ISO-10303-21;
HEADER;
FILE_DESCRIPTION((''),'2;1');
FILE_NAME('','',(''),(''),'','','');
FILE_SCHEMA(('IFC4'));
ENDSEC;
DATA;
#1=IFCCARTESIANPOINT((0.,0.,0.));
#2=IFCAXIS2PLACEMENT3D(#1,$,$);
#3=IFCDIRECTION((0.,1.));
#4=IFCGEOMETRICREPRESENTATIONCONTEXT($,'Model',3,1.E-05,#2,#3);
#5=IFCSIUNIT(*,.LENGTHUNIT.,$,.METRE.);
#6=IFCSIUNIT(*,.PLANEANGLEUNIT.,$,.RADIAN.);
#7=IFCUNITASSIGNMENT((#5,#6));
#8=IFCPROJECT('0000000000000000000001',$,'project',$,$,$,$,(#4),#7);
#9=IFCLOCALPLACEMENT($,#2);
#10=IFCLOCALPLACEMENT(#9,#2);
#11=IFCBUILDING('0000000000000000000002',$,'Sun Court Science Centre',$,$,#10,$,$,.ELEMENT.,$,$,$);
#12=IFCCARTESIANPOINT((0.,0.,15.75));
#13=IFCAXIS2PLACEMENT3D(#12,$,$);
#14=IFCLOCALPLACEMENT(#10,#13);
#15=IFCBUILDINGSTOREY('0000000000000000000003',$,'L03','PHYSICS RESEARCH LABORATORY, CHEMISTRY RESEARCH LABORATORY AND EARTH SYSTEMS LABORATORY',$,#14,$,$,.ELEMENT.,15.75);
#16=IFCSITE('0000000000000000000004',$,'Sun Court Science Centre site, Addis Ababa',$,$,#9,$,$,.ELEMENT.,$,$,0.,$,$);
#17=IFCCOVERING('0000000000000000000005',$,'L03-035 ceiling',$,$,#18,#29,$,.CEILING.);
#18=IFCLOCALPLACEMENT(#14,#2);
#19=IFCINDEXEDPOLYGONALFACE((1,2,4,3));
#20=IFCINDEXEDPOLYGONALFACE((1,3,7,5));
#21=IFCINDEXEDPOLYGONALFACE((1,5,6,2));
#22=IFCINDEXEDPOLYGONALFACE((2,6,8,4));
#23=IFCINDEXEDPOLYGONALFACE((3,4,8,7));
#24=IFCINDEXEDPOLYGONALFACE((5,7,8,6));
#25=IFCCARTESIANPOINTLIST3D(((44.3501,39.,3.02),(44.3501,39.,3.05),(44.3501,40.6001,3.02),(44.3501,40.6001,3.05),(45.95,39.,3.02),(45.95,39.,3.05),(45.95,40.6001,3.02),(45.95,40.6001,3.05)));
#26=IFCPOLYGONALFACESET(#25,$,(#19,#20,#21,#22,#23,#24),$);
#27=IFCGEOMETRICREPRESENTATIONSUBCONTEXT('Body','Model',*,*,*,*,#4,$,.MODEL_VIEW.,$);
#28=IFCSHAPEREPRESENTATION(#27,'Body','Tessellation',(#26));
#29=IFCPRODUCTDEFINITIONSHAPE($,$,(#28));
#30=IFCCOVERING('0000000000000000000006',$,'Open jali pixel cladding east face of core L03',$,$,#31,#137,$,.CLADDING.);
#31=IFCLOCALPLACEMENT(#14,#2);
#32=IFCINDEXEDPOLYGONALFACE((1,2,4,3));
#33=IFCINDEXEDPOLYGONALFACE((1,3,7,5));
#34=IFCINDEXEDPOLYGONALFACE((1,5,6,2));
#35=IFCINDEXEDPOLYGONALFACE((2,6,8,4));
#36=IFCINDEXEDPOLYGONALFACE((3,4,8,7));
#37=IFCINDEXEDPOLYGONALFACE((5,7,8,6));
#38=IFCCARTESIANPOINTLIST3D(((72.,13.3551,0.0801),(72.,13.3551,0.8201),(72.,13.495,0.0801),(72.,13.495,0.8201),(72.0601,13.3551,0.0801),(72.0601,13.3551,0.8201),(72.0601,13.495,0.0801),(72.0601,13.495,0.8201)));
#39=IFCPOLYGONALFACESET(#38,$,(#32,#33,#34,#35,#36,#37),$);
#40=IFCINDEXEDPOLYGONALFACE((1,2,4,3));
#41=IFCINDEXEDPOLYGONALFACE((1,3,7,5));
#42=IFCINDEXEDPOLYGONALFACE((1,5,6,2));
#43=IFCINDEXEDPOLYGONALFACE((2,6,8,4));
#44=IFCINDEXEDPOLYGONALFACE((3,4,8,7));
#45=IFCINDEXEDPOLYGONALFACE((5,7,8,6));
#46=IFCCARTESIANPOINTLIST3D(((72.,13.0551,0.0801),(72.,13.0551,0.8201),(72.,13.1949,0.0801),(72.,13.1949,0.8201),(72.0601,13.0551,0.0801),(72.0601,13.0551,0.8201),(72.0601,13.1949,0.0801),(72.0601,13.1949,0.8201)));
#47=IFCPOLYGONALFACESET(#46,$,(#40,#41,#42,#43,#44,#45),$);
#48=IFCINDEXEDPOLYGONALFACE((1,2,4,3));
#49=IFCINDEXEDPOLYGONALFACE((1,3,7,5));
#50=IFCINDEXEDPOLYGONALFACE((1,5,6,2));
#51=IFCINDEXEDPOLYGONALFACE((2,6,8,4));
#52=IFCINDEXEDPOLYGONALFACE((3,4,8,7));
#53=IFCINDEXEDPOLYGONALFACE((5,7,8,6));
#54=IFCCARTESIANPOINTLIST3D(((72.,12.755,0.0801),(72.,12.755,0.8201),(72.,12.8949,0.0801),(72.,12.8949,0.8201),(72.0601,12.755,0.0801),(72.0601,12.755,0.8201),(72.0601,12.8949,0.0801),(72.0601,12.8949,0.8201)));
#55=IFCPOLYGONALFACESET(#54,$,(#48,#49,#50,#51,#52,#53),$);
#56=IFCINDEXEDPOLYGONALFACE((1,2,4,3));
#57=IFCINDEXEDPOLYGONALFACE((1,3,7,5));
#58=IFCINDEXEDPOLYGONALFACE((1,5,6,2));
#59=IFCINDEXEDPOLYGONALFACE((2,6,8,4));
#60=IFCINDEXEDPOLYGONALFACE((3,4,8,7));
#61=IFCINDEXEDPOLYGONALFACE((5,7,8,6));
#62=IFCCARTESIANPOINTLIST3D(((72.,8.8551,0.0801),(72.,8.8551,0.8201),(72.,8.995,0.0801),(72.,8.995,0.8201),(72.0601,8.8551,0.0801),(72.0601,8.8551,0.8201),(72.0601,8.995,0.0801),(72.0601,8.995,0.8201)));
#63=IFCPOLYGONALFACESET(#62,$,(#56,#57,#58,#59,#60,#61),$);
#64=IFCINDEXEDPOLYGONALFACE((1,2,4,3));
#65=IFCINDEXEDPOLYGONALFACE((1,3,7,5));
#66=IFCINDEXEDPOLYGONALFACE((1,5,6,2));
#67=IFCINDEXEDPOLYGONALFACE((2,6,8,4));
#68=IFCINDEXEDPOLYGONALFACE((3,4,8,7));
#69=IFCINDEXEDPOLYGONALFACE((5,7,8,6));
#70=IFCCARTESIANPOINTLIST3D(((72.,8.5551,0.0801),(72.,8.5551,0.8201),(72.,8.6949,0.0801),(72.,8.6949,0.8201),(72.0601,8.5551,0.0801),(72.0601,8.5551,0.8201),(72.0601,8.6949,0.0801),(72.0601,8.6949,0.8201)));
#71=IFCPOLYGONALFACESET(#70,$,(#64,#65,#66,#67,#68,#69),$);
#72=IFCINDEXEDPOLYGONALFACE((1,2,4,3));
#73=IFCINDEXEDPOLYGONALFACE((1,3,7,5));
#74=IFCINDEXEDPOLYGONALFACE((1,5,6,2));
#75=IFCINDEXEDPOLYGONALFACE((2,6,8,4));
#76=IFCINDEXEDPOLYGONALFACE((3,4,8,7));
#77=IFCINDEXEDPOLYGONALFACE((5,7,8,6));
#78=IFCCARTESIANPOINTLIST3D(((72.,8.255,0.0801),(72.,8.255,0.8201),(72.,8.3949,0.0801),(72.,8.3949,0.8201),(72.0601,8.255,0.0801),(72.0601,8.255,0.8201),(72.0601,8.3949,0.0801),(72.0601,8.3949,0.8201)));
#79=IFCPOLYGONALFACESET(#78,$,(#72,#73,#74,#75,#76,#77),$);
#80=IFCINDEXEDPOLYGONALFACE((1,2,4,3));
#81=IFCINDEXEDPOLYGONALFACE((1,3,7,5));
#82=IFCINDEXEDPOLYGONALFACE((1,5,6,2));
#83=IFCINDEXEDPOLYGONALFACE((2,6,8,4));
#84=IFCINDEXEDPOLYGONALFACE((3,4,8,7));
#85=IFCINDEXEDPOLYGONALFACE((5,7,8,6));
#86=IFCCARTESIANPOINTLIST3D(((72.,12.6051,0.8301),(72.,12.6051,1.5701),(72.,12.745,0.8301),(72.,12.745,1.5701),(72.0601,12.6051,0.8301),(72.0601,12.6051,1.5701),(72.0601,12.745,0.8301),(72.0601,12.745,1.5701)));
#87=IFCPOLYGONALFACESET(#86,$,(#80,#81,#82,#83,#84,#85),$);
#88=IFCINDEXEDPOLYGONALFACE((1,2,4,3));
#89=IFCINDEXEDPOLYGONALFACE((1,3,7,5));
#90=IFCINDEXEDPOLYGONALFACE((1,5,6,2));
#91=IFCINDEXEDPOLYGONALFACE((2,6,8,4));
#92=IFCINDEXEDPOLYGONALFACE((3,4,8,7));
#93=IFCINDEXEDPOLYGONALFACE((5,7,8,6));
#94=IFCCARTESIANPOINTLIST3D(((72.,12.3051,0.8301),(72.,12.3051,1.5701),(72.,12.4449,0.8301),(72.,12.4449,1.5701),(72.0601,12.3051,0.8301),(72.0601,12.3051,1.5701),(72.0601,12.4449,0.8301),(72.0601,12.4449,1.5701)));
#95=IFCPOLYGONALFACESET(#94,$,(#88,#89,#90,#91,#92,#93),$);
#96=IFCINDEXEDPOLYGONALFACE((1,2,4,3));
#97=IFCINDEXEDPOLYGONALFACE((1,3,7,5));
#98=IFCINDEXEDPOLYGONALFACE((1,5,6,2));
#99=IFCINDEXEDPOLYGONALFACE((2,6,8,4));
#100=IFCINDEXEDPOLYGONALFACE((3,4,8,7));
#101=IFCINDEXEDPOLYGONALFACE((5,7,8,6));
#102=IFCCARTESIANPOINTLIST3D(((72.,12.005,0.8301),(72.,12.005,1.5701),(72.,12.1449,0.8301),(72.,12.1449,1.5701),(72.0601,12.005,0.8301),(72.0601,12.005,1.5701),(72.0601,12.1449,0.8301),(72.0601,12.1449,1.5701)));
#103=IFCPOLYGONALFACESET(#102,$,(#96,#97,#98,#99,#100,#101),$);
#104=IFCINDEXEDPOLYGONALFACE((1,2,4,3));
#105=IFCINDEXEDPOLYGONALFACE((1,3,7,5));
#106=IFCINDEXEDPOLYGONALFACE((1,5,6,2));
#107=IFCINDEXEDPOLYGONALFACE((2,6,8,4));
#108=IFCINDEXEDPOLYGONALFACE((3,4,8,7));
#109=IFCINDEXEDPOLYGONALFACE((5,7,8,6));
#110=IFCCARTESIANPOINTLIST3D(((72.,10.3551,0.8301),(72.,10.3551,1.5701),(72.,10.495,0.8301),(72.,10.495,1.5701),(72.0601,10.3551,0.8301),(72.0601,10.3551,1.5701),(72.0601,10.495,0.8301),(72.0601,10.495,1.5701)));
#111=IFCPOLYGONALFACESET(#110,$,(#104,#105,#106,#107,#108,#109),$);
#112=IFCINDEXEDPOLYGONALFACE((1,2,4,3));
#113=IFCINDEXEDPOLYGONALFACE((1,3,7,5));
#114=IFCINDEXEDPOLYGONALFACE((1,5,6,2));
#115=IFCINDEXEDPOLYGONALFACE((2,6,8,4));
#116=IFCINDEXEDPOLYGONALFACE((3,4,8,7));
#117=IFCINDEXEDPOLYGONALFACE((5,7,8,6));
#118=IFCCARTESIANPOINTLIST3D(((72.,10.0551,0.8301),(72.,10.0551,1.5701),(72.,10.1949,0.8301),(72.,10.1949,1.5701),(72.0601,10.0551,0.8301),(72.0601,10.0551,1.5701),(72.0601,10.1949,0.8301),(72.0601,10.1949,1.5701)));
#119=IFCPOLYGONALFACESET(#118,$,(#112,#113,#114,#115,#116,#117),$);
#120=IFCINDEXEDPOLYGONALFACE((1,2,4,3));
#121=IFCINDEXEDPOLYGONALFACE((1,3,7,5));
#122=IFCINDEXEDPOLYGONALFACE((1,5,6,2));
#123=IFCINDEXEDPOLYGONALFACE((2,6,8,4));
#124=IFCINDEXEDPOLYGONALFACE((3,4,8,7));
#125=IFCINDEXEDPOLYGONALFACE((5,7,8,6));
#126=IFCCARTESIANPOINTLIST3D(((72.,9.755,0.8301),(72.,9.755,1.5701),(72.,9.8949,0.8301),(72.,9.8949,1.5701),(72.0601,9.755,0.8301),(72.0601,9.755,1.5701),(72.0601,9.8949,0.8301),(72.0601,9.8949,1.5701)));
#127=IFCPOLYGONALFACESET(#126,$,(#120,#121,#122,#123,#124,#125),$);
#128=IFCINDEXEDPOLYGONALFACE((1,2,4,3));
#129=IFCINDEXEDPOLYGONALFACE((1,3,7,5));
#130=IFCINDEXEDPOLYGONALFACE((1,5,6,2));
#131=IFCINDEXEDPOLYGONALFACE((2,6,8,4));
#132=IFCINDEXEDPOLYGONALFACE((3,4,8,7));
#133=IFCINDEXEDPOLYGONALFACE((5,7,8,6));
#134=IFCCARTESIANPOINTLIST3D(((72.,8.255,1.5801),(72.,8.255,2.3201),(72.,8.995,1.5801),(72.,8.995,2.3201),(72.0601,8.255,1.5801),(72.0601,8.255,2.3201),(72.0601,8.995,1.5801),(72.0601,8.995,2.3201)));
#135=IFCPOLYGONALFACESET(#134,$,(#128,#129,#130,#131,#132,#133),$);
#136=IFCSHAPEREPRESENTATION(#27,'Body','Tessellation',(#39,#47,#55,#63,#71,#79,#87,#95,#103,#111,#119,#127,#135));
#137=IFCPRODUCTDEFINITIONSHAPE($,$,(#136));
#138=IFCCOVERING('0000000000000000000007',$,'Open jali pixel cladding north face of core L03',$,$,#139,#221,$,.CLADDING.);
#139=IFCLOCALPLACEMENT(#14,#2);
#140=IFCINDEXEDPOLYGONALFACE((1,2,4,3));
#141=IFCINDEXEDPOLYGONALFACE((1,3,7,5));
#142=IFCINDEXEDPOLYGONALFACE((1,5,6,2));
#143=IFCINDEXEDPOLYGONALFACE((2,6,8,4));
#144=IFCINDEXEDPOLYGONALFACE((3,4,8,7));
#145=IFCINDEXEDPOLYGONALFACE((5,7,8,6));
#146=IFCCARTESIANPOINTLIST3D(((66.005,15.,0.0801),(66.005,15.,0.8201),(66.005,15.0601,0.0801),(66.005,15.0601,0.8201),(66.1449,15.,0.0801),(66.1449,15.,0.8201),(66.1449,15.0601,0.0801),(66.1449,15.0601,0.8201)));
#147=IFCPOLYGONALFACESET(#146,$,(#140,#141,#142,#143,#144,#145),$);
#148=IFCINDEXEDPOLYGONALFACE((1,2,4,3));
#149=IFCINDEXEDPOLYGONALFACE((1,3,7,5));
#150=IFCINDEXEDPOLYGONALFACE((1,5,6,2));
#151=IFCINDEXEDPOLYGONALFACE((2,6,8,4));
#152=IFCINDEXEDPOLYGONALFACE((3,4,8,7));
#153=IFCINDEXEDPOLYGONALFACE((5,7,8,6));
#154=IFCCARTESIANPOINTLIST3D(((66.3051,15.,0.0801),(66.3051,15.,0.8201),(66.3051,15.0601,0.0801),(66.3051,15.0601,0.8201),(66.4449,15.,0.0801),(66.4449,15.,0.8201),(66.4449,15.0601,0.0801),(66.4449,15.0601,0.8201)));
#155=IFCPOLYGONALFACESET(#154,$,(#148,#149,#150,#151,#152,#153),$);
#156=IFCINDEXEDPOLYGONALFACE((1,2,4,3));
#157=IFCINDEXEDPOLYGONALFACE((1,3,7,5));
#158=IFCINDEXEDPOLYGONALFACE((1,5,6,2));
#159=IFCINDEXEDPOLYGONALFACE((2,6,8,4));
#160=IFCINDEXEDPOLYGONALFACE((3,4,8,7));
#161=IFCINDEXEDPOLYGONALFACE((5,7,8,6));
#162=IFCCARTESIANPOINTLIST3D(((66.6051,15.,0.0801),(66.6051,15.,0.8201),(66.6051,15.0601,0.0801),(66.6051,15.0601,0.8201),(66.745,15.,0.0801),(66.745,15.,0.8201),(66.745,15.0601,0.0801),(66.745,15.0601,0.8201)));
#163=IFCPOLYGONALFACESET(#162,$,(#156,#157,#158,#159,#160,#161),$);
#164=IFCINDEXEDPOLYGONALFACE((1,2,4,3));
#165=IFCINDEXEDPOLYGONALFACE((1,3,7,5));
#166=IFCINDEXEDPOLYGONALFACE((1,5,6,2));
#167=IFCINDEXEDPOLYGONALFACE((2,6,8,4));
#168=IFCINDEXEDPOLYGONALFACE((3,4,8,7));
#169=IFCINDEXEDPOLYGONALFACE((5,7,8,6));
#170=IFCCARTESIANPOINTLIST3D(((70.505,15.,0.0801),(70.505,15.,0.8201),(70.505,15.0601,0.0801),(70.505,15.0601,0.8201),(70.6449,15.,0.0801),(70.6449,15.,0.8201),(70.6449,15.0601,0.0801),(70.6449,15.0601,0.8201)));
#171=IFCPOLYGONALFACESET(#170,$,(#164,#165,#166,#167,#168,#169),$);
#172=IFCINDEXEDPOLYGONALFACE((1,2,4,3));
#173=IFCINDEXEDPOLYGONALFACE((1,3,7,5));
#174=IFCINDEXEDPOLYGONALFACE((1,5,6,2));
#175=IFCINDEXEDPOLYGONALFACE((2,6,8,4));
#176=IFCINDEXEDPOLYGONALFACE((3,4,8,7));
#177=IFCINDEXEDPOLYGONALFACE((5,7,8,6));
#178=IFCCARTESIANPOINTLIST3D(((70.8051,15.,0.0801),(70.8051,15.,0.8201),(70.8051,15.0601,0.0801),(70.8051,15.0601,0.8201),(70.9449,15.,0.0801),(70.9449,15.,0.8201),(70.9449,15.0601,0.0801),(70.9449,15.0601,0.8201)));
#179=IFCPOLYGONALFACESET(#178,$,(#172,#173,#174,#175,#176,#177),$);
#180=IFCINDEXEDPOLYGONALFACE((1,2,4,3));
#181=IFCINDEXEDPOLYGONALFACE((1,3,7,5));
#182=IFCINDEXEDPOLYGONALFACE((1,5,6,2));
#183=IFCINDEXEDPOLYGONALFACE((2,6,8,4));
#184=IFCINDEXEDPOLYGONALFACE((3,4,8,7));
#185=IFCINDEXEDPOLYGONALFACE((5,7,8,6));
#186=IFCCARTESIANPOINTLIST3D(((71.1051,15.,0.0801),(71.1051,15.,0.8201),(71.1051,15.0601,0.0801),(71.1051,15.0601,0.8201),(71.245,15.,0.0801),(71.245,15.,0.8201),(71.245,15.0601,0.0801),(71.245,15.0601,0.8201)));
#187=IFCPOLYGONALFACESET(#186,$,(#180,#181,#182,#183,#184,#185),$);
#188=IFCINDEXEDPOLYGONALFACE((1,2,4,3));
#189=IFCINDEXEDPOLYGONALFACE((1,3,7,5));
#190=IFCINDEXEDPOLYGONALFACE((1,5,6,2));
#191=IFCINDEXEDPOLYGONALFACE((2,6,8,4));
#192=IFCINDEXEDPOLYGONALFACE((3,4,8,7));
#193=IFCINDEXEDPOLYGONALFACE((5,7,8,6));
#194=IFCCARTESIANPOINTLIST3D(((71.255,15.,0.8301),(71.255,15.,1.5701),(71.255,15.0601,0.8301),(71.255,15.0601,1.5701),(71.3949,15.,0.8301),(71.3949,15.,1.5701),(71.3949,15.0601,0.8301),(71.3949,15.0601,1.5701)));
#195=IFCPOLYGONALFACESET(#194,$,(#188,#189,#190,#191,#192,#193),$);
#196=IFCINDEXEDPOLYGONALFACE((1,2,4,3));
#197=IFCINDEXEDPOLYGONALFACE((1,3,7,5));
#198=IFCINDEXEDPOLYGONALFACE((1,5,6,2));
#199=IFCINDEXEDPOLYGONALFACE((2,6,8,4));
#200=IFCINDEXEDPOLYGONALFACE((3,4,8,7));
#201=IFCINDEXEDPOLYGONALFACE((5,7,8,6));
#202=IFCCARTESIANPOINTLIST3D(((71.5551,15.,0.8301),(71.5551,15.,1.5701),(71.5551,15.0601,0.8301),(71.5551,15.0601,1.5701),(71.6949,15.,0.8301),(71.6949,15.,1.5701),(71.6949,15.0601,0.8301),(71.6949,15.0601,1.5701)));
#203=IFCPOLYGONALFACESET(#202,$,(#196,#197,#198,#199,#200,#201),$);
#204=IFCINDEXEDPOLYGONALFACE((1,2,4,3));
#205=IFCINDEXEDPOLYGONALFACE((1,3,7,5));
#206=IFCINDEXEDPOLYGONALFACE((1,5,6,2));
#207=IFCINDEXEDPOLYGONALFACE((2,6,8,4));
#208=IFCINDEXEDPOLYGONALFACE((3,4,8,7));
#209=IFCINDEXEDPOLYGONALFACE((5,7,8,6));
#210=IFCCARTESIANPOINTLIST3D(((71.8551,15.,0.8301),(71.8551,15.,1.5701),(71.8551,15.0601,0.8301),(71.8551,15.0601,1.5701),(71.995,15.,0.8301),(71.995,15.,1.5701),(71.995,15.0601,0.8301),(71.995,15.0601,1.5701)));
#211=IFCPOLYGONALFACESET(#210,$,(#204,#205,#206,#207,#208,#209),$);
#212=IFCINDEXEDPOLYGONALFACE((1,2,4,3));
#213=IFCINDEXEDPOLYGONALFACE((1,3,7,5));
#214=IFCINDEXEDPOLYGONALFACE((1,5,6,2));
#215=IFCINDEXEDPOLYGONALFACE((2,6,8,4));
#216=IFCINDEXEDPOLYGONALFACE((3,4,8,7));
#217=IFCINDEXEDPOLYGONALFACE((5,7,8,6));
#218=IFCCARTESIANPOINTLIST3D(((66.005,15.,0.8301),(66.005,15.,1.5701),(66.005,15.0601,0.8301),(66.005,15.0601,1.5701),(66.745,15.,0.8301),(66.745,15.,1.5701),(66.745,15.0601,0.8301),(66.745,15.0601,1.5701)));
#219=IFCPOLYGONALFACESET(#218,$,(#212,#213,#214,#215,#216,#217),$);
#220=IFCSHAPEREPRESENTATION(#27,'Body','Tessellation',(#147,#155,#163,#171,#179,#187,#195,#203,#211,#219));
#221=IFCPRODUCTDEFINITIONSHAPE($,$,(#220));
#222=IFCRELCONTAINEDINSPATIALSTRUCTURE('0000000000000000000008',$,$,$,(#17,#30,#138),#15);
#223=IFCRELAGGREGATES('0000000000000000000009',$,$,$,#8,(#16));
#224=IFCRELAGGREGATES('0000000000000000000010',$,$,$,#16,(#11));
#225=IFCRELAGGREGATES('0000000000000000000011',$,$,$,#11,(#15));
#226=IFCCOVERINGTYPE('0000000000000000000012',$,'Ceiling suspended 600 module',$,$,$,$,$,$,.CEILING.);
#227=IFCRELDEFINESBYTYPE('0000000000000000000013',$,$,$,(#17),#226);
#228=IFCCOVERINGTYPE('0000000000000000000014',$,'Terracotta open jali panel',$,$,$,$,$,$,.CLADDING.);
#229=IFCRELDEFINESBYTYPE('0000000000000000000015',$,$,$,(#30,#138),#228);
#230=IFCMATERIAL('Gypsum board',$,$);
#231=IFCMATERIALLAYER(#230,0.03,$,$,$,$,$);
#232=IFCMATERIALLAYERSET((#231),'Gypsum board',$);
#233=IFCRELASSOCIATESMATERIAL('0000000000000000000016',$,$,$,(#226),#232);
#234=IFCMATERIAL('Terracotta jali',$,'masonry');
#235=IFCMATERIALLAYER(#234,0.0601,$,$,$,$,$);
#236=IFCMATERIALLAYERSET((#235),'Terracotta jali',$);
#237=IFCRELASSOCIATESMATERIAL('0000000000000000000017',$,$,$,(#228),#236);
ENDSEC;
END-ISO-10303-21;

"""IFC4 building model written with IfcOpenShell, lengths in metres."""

from ifc_helpers import new_model, si_unit, direction, frame, origin, origin_2d, place, context, subcontext, project, spatial, polyline, rectangle, outline, extrude, material, layer, layer_set, type_object, element, save


model = new_model("IFC4")

# Units and contexts
model_context = context("Model", 3, precision=1e-05, world=origin(), true_north=direction((0.0, 1.0)))
body_context = subcontext(model_context, "Body", "Model", "MODEL_VIEW")
ifc_project = project(units=[si_unit("LENGTHUNIT", "METRE"), si_unit("PLANEANGLEUNIT", "RADIAN")], contexts=[model_context])

# Site, building, storey
site_placement = place(None, origin())
site = spatial("IfcSite", under=ifc_project, at=site_placement, Name="Sun Court Science Centre site, Addis Ababa", CompositionType="ELEMENT", RefElevation=0.0)
building_placement = place(site_placement, origin())
building = spatial("IfcBuilding", under=site, at=building_placement, Name="Sun Court Science Centre", CompositionType="ELEMENT")
storey_placement = place(building_placement, frame((0.0, 0.0, 15.75)))
storey = spatial("IfcBuildingStorey", under=building, at=storey_placement, Name="L03", Description="PHYSICS RESEARCH LABORATORY, CHEMISTRY RESEARCH LABORATORY AND EARTH SYSTEMS LABORATORY", CompositionType="ELEMENT", Elevation=15.75)

# Coverings
ifc_material_1 = material(Name="Gypsum board")
ifc_layer_1 = layer(ifc_material_1, 0.03)
ifc_layer_set_1 = layer_set([ifc_layer_1], Name="Gypsum board")
covering_type_1 = type_object("IfcCoveringType", Name="Ceiling suspended 600 module", PredefinedType="CEILING", material=ifc_layer_set_1)
covering_1_placement = place(storey_placement, frame((0.0, 0.0, 3.02)))
element("IfcCovering", 1, at=covering_1_placement, inside=storey, type_object=covering_type_1, Name="L03-035 ceiling", PredefinedType="CEILING", context=body_context, shape_type="SweptSolid", body=[
    extrude(outline(polyline([(45.95, 40.6001), (45.95, 39.0), (44.3501, 39.0), (44.3501, 40.6001), (45.95, 40.6001)])), origin(), (0.0, 0.0, 1.0), 0.03),
])
ifc_material_2 = material(Name="Terracotta jali", Category="masonry")
ifc_layer_2 = layer(ifc_material_2, 0.0601)
ifc_layer_set_2 = layer_set([ifc_layer_2], Name="Terracotta jali")
covering_type_2 = type_object("IfcCoveringType", Name="Terracotta open jali panel", PredefinedType="CLADDING", material=ifc_layer_set_2)
covering_2_placement = place(storey_placement, frame((0.0, 0.0, -15.75)))
element("IfcCovering", 2, at=covering_2_placement, inside=storey, type_object=covering_type_2, Name="Open jali pixel cladding east face of core L03", PredefinedType="CLADDING", context=body_context, shape_type="SweptSolid", body=[
    extrude(rectangle(XDim=0.1399, YDim=0.0601, at=origin_2d()), frame((72.03, 13.425, 15.8301), z_axis=(0.0, 0.0, 1.0), x_axis=(0.0, -1.0, 0.0)), (0.0, 0.0, 1.0), 0.74),
    extrude(rectangle(XDim=0.1399, YDim=0.0601, at=origin_2d()), frame((72.03, 13.125, 15.8301), z_axis=(0.0, 0.0, 1.0), x_axis=(0.0, -1.0, 0.0)), (0.0, 0.0, 1.0), 0.74),
    extrude(rectangle(XDim=0.1399, YDim=0.0601, at=origin_2d()), frame((72.03, 12.825, 15.8301), z_axis=(0.0, 0.0, 1.0), x_axis=(0.0, -1.0, 0.0)), (0.0, 0.0, 1.0), 0.74),
    extrude(rectangle(XDim=0.1399, YDim=0.0601, at=origin_2d()), frame((72.03, 8.925, 15.8301), z_axis=(0.0, 0.0, 1.0), x_axis=(0.0, -1.0, 0.0)), (0.0, 0.0, 1.0), 0.74),
    extrude(rectangle(XDim=0.1399, YDim=0.0601, at=origin_2d()), frame((72.03, 8.625, 15.8301), z_axis=(0.0, 0.0, 1.0), x_axis=(0.0, -1.0, 0.0)), (0.0, 0.0, 1.0), 0.74),
    extrude(rectangle(XDim=0.1399, YDim=0.0601, at=origin_2d()), frame((72.03, 8.325, 15.8301), z_axis=(0.0, 0.0, 1.0), x_axis=(0.0, -1.0, 0.0)), (0.0, 0.0, 1.0), 0.74),
    extrude(rectangle(XDim=0.1399, YDim=0.0601, at=origin_2d()), frame((72.03, 12.675, 16.5801), z_axis=(0.0, 0.0, 1.0), x_axis=(0.0, -1.0, 0.0)), (0.0, 0.0, 1.0), 0.74),
    extrude(rectangle(XDim=0.1399, YDim=0.0601, at=origin_2d()), frame((72.03, 12.375, 16.5801), z_axis=(0.0, 0.0, 1.0), x_axis=(0.0, -1.0, 0.0)), (0.0, 0.0, 1.0), 0.74),
    extrude(rectangle(XDim=0.1399, YDim=0.0601, at=origin_2d()), frame((72.03, 12.075, 16.5801), z_axis=(0.0, 0.0, 1.0), x_axis=(0.0, -1.0, 0.0)), (0.0, 0.0, 1.0), 0.74),
    extrude(rectangle(XDim=0.1399, YDim=0.0601, at=origin_2d()), frame((72.03, 10.425, 16.5801), z_axis=(0.0, 0.0, 1.0), x_axis=(0.0, -1.0, 0.0)), (0.0, 0.0, 1.0), 0.74),
    extrude(rectangle(XDim=0.1399, YDim=0.0601, at=origin_2d()), frame((72.03, 10.125, 16.5801), z_axis=(0.0, 0.0, 1.0), x_axis=(0.0, -1.0, 0.0)), (0.0, 0.0, 1.0), 0.74),
    extrude(rectangle(XDim=0.1399, YDim=0.0601, at=origin_2d()), frame((72.03, 9.825, 16.5801), z_axis=(0.0, 0.0, 1.0), x_axis=(0.0, -1.0, 0.0)), (0.0, 0.0, 1.0), 0.74),
    extrude(rectangle(XDim=0.74, YDim=0.0601, at=origin_2d()), frame((72.03, 8.625, 17.3301), z_axis=(0.0, 0.0, 1.0), x_axis=(0.0, -1.0, 0.0)), (0.0, 0.0, 1.0), 0.74),
])
covering_3_placement = place(storey_placement, frame((0.0, 0.0, -15.75)))
element("IfcCovering", 3, at=covering_3_placement, inside=storey, type_object=covering_type_2, Name="Open jali pixel cladding north face of core L03", PredefinedType="CLADDING", context=body_context, shape_type="SweptSolid", body=[
    extrude(rectangle(XDim=0.1399, YDim=0.0601, at=origin_2d()), frame((66.075, 15.03, 15.8301), z_axis=(0.0, 0.0, 1.0), x_axis=(1.0, 0.0, 0.0)), (0.0, 0.0, 1.0), 0.74),
    extrude(rectangle(XDim=0.1399, YDim=0.0601, at=origin_2d()), frame((66.375, 15.03, 15.8301), z_axis=(0.0, 0.0, 1.0), x_axis=(1.0, 0.0, 0.0)), (0.0, 0.0, 1.0), 0.74),
    extrude(rectangle(XDim=0.1399, YDim=0.0601, at=origin_2d()), frame((66.675, 15.03, 15.8301), z_axis=(0.0, 0.0, 1.0), x_axis=(1.0, 0.0, 0.0)), (0.0, 0.0, 1.0), 0.74),
    extrude(rectangle(XDim=0.1399, YDim=0.0601, at=origin_2d()), frame((70.575, 15.03, 15.8301), z_axis=(0.0, 0.0, 1.0), x_axis=(1.0, 0.0, 0.0)), (0.0, 0.0, 1.0), 0.74),
    extrude(rectangle(XDim=0.1399, YDim=0.0601, at=origin_2d()), frame((70.875, 15.03, 15.8301), z_axis=(0.0, 0.0, 1.0), x_axis=(1.0, 0.0, 0.0)), (0.0, 0.0, 1.0), 0.74),
    extrude(rectangle(XDim=0.1399, YDim=0.0601, at=origin_2d()), frame((71.175, 15.03, 15.8301), z_axis=(0.0, 0.0, 1.0), x_axis=(1.0, 0.0, 0.0)), (0.0, 0.0, 1.0), 0.74),
    extrude(rectangle(XDim=0.1399, YDim=0.0601, at=origin_2d()), frame((71.325, 15.03, 16.5801), z_axis=(0.0, 0.0, 1.0), x_axis=(1.0, 0.0, 0.0)), (0.0, 0.0, 1.0), 0.74),
    extrude(rectangle(XDim=0.1399, YDim=0.0601, at=origin_2d()), frame((71.625, 15.03, 16.5801), z_axis=(0.0, 0.0, 1.0), x_axis=(1.0, 0.0, 0.0)), (0.0, 0.0, 1.0), 0.74),
    extrude(rectangle(XDim=0.1399, YDim=0.0601, at=origin_2d()), frame((71.925, 15.03, 16.5801), z_axis=(0.0, 0.0, 1.0), x_axis=(1.0, 0.0, 0.0)), (0.0, 0.0, 1.0), 0.74),
    extrude(rectangle(XDim=0.74, YDim=0.0601, at=origin_2d()), frame((66.375, 15.03, 16.5801), z_axis=(0.0, 0.0, 1.0), x_axis=(1.0, 0.0, 0.0)), (0.0, 0.0, 1.0), 0.74),
])

save(model, "model.ifc")
